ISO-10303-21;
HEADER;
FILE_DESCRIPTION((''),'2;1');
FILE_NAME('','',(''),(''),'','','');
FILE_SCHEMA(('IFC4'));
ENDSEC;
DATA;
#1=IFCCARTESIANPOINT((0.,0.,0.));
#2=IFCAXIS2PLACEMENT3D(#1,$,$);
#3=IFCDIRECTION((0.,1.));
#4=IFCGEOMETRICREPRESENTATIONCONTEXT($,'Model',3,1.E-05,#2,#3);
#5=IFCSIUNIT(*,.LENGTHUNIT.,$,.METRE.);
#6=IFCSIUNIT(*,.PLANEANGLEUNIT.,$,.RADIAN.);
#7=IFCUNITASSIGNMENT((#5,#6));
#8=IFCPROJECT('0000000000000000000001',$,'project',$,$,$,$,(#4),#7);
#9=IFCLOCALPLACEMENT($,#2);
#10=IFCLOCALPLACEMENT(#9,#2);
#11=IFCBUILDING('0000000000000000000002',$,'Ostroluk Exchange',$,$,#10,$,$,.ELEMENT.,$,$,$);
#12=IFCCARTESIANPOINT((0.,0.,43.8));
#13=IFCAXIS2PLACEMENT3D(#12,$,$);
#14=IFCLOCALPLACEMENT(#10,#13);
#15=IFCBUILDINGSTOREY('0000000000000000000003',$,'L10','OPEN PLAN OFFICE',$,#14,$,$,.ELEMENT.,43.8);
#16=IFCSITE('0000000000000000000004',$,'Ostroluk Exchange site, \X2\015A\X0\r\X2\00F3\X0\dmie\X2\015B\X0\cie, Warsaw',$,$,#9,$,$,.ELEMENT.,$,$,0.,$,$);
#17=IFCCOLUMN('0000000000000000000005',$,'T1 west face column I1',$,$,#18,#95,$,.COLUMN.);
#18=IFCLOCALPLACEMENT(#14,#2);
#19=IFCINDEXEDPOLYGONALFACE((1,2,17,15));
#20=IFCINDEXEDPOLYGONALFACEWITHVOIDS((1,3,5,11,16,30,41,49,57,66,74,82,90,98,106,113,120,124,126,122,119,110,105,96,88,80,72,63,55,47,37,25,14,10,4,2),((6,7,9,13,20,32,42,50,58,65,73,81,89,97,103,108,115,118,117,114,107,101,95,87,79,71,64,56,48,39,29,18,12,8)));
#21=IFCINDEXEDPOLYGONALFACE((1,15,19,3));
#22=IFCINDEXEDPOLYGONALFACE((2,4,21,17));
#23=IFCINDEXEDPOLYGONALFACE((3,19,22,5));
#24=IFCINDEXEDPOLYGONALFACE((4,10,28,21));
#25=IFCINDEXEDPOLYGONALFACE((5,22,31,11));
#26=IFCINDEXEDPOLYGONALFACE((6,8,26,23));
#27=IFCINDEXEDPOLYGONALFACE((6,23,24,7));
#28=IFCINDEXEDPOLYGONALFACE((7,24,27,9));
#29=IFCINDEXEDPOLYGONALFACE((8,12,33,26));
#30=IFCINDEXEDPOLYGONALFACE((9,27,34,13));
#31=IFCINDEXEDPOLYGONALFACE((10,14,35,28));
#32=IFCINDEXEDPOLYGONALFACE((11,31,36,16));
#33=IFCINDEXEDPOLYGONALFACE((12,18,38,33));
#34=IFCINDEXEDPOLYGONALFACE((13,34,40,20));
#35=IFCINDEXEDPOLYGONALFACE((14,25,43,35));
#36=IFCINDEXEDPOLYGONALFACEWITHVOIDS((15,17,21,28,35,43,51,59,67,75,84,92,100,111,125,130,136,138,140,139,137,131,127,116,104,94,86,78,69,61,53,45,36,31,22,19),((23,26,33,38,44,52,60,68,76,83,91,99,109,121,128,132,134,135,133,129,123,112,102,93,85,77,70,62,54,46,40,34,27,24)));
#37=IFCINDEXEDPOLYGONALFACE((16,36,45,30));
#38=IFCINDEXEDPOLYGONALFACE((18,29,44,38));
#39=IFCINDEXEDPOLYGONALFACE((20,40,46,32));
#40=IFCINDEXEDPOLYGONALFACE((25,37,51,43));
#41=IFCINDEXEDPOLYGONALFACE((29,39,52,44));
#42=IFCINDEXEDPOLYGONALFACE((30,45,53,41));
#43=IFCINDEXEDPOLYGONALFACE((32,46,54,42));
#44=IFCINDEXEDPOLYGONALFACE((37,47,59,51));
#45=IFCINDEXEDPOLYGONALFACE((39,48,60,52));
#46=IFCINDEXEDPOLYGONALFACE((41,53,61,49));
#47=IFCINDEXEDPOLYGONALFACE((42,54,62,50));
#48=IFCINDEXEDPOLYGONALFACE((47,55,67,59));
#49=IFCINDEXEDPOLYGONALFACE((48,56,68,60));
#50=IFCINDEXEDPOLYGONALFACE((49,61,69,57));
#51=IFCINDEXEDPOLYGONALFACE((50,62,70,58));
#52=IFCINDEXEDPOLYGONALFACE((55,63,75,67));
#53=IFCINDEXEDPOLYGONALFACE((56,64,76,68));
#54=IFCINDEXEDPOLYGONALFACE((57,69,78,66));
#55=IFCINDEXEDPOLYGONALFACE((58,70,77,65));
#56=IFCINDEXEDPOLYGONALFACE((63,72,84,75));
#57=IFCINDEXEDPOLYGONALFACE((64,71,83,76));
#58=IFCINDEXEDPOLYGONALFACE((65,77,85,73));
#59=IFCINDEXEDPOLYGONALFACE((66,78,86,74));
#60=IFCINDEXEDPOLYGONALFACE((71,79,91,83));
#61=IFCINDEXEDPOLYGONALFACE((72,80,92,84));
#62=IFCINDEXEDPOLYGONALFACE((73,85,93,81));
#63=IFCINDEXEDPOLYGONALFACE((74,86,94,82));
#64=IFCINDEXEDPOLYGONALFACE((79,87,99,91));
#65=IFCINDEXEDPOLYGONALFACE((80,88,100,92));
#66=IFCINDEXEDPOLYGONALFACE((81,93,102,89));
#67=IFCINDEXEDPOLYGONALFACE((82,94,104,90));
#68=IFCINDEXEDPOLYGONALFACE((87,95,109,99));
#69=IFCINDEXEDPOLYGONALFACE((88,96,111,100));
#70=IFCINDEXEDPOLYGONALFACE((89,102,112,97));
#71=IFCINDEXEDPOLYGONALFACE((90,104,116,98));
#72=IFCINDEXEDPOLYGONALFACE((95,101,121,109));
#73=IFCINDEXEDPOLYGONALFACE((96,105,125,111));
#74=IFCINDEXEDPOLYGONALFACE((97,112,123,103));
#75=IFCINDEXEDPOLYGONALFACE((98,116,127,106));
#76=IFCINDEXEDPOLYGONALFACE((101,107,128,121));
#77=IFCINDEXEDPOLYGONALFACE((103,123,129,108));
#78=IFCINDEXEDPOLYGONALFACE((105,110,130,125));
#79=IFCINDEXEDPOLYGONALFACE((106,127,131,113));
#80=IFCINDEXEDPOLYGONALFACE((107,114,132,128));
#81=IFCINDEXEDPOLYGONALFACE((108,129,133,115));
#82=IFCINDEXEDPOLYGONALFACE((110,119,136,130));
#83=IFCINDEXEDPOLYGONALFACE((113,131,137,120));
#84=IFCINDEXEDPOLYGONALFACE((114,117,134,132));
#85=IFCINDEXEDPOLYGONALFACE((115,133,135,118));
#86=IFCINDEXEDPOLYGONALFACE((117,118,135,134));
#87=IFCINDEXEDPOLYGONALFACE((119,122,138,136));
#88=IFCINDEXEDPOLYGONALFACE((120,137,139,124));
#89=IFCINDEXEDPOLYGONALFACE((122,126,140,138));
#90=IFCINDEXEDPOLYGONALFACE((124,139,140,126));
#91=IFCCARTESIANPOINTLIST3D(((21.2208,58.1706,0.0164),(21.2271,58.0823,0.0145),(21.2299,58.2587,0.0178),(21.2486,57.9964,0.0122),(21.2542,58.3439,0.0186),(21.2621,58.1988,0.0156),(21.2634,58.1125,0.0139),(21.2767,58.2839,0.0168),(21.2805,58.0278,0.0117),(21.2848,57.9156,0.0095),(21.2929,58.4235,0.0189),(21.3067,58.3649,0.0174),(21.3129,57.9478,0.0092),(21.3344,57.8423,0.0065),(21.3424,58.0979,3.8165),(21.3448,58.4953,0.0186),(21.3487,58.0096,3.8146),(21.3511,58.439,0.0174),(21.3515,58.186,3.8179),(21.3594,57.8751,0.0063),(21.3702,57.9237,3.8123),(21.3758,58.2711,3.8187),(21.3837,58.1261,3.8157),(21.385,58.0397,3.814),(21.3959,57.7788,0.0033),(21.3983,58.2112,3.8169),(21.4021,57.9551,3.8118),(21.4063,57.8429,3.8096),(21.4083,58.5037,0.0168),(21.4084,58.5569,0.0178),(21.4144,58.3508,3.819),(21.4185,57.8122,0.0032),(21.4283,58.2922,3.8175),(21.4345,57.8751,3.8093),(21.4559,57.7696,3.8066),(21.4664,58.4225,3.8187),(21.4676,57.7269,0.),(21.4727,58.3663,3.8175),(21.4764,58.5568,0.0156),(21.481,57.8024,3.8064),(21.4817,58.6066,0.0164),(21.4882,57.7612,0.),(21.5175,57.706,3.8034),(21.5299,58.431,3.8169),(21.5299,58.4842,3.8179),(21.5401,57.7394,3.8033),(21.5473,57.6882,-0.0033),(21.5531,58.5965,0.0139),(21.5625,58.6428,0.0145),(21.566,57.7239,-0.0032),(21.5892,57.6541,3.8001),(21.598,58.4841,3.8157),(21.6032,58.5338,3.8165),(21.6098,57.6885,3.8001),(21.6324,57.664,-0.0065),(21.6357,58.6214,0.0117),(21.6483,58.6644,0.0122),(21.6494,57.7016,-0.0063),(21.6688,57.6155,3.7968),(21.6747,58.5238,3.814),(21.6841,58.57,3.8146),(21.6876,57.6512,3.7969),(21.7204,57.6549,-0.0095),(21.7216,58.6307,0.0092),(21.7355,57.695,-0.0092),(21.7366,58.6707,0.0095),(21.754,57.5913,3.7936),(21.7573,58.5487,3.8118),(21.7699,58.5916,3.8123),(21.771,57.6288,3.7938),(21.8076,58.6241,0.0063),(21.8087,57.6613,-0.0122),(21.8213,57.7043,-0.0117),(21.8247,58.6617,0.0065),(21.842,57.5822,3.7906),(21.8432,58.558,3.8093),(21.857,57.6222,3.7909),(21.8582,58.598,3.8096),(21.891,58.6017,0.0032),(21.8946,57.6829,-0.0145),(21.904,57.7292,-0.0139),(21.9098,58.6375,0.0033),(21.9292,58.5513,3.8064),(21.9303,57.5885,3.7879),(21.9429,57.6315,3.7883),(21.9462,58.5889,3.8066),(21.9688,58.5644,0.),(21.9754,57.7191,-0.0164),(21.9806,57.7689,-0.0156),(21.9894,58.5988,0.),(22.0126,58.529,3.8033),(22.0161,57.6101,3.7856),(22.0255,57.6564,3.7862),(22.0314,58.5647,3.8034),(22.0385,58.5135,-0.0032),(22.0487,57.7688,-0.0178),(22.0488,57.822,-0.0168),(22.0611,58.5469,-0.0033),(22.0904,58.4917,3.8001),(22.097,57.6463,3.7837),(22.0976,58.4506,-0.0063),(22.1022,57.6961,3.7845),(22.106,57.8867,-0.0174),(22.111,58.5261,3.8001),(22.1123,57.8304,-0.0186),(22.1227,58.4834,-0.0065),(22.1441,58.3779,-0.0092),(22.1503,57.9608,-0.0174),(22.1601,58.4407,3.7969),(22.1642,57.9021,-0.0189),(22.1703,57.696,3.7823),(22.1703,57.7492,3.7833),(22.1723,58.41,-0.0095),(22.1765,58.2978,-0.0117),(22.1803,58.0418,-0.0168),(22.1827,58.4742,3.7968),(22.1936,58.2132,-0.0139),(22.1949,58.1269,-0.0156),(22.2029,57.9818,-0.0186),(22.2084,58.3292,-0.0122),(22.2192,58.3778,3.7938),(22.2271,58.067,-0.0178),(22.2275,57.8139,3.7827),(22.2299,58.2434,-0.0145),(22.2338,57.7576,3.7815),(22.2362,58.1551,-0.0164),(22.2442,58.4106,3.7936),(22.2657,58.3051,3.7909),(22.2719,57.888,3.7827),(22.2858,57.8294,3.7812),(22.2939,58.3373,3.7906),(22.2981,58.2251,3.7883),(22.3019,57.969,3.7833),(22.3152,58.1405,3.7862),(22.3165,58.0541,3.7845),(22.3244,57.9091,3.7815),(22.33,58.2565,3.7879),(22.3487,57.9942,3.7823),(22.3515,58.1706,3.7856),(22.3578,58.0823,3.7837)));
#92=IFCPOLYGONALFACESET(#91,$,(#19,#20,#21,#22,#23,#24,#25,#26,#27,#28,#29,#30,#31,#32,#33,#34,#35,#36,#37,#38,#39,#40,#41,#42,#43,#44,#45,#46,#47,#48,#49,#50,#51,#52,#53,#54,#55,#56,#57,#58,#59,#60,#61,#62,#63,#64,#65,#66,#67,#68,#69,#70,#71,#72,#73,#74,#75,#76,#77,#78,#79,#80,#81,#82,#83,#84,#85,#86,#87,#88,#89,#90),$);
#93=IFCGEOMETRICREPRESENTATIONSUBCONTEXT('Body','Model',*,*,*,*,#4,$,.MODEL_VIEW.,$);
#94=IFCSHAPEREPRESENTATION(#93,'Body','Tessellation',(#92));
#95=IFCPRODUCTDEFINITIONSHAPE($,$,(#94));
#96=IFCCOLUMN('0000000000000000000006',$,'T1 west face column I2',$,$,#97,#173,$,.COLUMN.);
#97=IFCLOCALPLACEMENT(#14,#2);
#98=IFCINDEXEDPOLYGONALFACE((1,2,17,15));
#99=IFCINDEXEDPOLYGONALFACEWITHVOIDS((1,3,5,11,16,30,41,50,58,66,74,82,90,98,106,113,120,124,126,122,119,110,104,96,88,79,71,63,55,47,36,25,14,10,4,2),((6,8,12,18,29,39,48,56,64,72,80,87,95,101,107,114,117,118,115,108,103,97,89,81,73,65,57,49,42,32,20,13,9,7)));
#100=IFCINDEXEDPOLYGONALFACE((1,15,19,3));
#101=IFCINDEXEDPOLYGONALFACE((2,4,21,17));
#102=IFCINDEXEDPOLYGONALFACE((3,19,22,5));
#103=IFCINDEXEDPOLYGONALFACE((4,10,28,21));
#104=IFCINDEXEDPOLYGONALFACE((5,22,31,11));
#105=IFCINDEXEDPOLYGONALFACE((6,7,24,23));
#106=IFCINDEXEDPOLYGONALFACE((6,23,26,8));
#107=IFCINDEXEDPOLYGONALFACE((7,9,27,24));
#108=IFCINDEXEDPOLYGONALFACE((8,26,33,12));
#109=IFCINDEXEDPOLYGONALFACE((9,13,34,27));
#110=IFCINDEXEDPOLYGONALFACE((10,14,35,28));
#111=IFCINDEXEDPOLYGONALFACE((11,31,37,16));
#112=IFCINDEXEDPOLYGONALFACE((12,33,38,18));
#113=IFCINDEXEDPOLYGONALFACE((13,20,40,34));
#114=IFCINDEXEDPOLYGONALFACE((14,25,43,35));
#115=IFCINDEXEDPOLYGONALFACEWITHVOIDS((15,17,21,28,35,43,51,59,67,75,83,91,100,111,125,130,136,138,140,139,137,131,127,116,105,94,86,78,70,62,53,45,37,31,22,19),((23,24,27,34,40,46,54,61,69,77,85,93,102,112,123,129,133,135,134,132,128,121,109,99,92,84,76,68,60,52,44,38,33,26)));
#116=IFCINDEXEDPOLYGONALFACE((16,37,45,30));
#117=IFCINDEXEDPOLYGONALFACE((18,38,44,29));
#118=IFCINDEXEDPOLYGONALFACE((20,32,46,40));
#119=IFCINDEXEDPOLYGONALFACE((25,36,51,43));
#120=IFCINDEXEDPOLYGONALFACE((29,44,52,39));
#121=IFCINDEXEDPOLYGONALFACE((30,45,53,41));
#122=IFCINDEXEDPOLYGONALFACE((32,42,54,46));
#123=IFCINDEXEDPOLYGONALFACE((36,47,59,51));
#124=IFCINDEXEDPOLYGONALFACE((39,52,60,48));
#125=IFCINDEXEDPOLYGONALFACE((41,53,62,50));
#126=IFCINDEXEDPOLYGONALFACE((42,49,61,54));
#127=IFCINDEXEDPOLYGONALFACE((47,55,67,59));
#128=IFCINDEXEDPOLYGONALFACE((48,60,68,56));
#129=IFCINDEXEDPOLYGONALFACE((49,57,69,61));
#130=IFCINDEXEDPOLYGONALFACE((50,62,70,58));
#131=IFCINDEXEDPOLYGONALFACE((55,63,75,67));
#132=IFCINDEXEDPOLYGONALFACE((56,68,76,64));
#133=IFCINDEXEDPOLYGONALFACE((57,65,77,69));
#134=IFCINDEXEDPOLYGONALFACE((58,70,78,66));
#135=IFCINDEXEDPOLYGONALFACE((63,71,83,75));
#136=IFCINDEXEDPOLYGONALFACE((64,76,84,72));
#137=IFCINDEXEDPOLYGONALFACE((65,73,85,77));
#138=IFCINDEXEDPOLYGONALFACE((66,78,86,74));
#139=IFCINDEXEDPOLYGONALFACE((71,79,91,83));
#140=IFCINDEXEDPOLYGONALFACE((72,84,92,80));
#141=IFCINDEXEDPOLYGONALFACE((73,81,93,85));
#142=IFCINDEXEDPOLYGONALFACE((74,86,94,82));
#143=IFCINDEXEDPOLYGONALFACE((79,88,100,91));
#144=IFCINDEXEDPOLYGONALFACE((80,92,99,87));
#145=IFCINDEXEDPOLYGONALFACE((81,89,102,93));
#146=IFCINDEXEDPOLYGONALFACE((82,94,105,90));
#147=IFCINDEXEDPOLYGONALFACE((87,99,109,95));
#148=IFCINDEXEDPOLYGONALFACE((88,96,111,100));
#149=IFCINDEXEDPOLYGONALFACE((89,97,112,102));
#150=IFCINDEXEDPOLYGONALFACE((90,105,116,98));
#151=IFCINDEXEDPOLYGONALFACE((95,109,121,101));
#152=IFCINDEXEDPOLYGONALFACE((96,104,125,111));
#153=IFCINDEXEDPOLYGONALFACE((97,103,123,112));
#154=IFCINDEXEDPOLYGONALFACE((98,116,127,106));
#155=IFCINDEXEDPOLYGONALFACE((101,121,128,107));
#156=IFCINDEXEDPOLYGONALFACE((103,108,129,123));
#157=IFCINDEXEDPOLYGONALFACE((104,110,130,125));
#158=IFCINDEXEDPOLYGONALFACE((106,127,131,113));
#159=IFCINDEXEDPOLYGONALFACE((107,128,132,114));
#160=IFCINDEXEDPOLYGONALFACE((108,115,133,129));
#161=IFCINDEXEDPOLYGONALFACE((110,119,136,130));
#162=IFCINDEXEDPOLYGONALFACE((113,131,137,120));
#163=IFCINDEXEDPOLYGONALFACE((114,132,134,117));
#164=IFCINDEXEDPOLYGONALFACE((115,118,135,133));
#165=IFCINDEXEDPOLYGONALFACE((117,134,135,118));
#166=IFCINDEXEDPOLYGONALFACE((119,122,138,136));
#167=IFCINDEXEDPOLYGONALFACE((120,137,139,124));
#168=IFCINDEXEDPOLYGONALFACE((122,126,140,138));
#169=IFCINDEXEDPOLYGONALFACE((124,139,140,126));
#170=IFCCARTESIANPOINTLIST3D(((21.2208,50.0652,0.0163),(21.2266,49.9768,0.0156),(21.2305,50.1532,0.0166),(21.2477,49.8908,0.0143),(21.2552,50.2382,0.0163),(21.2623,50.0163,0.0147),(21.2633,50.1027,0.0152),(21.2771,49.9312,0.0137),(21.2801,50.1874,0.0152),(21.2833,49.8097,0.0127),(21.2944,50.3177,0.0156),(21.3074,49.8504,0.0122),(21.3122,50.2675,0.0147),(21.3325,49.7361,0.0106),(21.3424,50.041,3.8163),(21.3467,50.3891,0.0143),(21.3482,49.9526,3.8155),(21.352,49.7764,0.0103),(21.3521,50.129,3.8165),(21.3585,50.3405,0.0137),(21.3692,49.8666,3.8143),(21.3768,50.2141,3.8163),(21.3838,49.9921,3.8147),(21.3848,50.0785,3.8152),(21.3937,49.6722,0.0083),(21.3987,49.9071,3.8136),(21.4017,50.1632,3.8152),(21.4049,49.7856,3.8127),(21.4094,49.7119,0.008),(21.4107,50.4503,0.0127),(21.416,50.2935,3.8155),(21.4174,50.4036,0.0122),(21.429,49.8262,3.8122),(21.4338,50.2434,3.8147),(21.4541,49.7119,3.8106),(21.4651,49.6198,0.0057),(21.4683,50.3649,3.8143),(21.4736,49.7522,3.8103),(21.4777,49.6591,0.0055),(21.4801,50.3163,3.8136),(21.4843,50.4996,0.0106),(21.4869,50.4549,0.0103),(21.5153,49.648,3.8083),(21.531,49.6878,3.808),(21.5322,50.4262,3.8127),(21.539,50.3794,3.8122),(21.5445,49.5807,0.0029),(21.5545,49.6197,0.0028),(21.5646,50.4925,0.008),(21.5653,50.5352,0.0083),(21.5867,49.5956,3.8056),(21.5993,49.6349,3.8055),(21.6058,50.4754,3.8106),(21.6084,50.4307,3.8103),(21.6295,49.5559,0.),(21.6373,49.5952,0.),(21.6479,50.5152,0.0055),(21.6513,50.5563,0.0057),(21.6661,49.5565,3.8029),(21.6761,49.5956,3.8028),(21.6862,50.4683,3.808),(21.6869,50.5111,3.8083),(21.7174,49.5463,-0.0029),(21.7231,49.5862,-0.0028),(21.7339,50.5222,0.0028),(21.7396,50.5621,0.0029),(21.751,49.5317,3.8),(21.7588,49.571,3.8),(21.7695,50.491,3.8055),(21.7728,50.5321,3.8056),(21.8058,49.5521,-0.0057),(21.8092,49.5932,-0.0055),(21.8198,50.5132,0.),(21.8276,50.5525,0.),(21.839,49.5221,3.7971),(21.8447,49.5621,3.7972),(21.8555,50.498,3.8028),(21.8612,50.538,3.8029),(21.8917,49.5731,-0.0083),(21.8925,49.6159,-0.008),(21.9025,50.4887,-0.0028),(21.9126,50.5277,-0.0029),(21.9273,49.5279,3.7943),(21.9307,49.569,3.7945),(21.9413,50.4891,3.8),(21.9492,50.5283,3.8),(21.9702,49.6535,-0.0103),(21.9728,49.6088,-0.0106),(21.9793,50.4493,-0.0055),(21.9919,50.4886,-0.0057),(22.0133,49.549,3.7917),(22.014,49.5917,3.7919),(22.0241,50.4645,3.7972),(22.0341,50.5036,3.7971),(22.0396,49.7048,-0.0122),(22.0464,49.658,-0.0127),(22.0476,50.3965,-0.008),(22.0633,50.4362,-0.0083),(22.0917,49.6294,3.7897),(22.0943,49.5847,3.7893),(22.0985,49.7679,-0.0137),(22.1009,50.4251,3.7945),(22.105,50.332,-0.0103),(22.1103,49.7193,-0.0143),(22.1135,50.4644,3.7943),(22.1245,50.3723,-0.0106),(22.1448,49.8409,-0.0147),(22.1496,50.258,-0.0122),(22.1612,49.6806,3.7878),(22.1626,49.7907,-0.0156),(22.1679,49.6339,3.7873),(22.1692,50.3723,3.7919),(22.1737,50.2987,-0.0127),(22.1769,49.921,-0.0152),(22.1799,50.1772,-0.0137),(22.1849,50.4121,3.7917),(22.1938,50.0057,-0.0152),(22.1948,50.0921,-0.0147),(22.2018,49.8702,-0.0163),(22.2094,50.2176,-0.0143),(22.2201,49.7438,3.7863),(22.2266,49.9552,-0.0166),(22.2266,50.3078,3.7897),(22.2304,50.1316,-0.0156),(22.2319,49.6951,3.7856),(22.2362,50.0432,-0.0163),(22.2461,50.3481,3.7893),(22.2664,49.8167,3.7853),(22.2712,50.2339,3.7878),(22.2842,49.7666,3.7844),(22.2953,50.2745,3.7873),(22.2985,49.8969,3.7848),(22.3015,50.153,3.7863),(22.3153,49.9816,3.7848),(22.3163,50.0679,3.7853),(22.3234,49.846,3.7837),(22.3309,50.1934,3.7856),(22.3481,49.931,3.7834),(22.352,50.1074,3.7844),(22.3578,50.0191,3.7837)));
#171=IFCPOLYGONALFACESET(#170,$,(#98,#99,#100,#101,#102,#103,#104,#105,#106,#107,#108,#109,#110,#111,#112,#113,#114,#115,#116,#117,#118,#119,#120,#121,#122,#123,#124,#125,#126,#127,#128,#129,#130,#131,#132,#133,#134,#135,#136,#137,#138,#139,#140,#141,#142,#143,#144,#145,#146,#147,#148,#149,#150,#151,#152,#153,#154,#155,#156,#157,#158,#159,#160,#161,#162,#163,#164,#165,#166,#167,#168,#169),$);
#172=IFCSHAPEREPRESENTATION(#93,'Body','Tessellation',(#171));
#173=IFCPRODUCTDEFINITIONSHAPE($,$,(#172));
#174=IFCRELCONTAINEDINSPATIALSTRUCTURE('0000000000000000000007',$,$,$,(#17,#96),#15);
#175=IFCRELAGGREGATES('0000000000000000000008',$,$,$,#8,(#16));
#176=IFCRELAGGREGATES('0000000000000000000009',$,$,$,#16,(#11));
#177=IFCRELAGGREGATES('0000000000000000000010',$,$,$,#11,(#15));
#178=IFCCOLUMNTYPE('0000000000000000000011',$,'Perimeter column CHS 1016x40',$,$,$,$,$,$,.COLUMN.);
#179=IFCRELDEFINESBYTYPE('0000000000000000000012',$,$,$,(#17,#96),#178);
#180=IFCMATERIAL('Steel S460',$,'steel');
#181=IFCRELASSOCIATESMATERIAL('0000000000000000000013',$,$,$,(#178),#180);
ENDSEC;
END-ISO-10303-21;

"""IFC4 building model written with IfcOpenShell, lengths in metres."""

from ifc_helpers import new_model, si_unit, direction, frame, origin, origin_2d, place, context, subcontext, project, spatial, hollow_circle, extrude, material, material_profile, profile_set, type_object, element, save


model = new_model("IFC4")

# Units and contexts
model_context = context("Model", 3, precision=1e-05, world=origin(), true_north=direction((0.0, 1.0)))
body_context = subcontext(model_context, "Body", "Model", "MODEL_VIEW")
ifc_project = project(units=[si_unit("LENGTHUNIT", "METRE"), si_unit("PLANEANGLEUNIT", "RADIAN")], contexts=[model_context])

# Site, building, storey
site_placement = place(None, origin())
site = spatial("IfcSite", under=ifc_project, at=site_placement, Name="Ostroluk Exchange site, Śródmieście, Warsaw", CompositionType="ELEMENT", RefElevation=0.0)
building_placement = place(site_placement, origin())
building = spatial("IfcBuilding", under=site, at=building_placement, Name="Ostroluk Exchange", CompositionType="ELEMENT")
storey_placement = place(building_placement, frame((0.0, 0.0, 43.8)))
storey = spatial("IfcBuildingStorey", under=building, at=storey_placement, Name="L10", Description="OPEN PLAN OFFICE", CompositionType="ELEMENT", Elevation=43.8)

# Columns
ifc_material_1 = material(Name="Steel S460", Category="steel")
ifc_material_profile_1 = material_profile(ifc_material_1, hollow_circle(Radius=0.5081, WallThickness=0.04, at=origin_2d()), Name="CHS 1016x40")
ifc_profile_set_1 = profile_set([ifc_material_profile_1], Name="Steel S460")
column_type = type_object("IfcColumnType", Name="Perimeter column CHS 1016x40", PredefinedType="COLUMN", material=ifc_profile_set_1)
column_1_placement = place(storey_placement, frame((21.7285, 58.1628, 0.0), z_axis=(0.031973, -0.019132, 0.999306), x_axis=(0.513482, 0.8581, 0.0)))
element("IfcColumn", 1, at=column_1_placement, inside=storey, type_object=column_type, Name="T1 west face column I1", PredefinedType="COLUMN", context=body_context, shape_type="SweptSolid", body=[
    extrude(hollow_circle(Radius=0.5081, WallThickness=0.04, at=origin_2d()), origin(), (0.0, 0.0, 1.0), 3.8027),
])
column_2_placement = place(storey_placement, frame((21.7285, 50.0542, 0.0), z_axis=(0.031978, -0.006357, 0.999468), x_axis=(0.19498, 0.980807, 0.0)))
element("IfcColumn", 2, at=column_2_placement, inside=storey, type_object=column_type, Name="T1 west face column I2", PredefinedType="COLUMN", context=body_context, shape_type="SweptSolid", body=[
    extrude(hollow_circle(Radius=0.5081, WallThickness=0.04, at=origin_2d()), origin(), (0.0, 0.0, 1.0), 3.802),
])

save(model, "model.ifc")
